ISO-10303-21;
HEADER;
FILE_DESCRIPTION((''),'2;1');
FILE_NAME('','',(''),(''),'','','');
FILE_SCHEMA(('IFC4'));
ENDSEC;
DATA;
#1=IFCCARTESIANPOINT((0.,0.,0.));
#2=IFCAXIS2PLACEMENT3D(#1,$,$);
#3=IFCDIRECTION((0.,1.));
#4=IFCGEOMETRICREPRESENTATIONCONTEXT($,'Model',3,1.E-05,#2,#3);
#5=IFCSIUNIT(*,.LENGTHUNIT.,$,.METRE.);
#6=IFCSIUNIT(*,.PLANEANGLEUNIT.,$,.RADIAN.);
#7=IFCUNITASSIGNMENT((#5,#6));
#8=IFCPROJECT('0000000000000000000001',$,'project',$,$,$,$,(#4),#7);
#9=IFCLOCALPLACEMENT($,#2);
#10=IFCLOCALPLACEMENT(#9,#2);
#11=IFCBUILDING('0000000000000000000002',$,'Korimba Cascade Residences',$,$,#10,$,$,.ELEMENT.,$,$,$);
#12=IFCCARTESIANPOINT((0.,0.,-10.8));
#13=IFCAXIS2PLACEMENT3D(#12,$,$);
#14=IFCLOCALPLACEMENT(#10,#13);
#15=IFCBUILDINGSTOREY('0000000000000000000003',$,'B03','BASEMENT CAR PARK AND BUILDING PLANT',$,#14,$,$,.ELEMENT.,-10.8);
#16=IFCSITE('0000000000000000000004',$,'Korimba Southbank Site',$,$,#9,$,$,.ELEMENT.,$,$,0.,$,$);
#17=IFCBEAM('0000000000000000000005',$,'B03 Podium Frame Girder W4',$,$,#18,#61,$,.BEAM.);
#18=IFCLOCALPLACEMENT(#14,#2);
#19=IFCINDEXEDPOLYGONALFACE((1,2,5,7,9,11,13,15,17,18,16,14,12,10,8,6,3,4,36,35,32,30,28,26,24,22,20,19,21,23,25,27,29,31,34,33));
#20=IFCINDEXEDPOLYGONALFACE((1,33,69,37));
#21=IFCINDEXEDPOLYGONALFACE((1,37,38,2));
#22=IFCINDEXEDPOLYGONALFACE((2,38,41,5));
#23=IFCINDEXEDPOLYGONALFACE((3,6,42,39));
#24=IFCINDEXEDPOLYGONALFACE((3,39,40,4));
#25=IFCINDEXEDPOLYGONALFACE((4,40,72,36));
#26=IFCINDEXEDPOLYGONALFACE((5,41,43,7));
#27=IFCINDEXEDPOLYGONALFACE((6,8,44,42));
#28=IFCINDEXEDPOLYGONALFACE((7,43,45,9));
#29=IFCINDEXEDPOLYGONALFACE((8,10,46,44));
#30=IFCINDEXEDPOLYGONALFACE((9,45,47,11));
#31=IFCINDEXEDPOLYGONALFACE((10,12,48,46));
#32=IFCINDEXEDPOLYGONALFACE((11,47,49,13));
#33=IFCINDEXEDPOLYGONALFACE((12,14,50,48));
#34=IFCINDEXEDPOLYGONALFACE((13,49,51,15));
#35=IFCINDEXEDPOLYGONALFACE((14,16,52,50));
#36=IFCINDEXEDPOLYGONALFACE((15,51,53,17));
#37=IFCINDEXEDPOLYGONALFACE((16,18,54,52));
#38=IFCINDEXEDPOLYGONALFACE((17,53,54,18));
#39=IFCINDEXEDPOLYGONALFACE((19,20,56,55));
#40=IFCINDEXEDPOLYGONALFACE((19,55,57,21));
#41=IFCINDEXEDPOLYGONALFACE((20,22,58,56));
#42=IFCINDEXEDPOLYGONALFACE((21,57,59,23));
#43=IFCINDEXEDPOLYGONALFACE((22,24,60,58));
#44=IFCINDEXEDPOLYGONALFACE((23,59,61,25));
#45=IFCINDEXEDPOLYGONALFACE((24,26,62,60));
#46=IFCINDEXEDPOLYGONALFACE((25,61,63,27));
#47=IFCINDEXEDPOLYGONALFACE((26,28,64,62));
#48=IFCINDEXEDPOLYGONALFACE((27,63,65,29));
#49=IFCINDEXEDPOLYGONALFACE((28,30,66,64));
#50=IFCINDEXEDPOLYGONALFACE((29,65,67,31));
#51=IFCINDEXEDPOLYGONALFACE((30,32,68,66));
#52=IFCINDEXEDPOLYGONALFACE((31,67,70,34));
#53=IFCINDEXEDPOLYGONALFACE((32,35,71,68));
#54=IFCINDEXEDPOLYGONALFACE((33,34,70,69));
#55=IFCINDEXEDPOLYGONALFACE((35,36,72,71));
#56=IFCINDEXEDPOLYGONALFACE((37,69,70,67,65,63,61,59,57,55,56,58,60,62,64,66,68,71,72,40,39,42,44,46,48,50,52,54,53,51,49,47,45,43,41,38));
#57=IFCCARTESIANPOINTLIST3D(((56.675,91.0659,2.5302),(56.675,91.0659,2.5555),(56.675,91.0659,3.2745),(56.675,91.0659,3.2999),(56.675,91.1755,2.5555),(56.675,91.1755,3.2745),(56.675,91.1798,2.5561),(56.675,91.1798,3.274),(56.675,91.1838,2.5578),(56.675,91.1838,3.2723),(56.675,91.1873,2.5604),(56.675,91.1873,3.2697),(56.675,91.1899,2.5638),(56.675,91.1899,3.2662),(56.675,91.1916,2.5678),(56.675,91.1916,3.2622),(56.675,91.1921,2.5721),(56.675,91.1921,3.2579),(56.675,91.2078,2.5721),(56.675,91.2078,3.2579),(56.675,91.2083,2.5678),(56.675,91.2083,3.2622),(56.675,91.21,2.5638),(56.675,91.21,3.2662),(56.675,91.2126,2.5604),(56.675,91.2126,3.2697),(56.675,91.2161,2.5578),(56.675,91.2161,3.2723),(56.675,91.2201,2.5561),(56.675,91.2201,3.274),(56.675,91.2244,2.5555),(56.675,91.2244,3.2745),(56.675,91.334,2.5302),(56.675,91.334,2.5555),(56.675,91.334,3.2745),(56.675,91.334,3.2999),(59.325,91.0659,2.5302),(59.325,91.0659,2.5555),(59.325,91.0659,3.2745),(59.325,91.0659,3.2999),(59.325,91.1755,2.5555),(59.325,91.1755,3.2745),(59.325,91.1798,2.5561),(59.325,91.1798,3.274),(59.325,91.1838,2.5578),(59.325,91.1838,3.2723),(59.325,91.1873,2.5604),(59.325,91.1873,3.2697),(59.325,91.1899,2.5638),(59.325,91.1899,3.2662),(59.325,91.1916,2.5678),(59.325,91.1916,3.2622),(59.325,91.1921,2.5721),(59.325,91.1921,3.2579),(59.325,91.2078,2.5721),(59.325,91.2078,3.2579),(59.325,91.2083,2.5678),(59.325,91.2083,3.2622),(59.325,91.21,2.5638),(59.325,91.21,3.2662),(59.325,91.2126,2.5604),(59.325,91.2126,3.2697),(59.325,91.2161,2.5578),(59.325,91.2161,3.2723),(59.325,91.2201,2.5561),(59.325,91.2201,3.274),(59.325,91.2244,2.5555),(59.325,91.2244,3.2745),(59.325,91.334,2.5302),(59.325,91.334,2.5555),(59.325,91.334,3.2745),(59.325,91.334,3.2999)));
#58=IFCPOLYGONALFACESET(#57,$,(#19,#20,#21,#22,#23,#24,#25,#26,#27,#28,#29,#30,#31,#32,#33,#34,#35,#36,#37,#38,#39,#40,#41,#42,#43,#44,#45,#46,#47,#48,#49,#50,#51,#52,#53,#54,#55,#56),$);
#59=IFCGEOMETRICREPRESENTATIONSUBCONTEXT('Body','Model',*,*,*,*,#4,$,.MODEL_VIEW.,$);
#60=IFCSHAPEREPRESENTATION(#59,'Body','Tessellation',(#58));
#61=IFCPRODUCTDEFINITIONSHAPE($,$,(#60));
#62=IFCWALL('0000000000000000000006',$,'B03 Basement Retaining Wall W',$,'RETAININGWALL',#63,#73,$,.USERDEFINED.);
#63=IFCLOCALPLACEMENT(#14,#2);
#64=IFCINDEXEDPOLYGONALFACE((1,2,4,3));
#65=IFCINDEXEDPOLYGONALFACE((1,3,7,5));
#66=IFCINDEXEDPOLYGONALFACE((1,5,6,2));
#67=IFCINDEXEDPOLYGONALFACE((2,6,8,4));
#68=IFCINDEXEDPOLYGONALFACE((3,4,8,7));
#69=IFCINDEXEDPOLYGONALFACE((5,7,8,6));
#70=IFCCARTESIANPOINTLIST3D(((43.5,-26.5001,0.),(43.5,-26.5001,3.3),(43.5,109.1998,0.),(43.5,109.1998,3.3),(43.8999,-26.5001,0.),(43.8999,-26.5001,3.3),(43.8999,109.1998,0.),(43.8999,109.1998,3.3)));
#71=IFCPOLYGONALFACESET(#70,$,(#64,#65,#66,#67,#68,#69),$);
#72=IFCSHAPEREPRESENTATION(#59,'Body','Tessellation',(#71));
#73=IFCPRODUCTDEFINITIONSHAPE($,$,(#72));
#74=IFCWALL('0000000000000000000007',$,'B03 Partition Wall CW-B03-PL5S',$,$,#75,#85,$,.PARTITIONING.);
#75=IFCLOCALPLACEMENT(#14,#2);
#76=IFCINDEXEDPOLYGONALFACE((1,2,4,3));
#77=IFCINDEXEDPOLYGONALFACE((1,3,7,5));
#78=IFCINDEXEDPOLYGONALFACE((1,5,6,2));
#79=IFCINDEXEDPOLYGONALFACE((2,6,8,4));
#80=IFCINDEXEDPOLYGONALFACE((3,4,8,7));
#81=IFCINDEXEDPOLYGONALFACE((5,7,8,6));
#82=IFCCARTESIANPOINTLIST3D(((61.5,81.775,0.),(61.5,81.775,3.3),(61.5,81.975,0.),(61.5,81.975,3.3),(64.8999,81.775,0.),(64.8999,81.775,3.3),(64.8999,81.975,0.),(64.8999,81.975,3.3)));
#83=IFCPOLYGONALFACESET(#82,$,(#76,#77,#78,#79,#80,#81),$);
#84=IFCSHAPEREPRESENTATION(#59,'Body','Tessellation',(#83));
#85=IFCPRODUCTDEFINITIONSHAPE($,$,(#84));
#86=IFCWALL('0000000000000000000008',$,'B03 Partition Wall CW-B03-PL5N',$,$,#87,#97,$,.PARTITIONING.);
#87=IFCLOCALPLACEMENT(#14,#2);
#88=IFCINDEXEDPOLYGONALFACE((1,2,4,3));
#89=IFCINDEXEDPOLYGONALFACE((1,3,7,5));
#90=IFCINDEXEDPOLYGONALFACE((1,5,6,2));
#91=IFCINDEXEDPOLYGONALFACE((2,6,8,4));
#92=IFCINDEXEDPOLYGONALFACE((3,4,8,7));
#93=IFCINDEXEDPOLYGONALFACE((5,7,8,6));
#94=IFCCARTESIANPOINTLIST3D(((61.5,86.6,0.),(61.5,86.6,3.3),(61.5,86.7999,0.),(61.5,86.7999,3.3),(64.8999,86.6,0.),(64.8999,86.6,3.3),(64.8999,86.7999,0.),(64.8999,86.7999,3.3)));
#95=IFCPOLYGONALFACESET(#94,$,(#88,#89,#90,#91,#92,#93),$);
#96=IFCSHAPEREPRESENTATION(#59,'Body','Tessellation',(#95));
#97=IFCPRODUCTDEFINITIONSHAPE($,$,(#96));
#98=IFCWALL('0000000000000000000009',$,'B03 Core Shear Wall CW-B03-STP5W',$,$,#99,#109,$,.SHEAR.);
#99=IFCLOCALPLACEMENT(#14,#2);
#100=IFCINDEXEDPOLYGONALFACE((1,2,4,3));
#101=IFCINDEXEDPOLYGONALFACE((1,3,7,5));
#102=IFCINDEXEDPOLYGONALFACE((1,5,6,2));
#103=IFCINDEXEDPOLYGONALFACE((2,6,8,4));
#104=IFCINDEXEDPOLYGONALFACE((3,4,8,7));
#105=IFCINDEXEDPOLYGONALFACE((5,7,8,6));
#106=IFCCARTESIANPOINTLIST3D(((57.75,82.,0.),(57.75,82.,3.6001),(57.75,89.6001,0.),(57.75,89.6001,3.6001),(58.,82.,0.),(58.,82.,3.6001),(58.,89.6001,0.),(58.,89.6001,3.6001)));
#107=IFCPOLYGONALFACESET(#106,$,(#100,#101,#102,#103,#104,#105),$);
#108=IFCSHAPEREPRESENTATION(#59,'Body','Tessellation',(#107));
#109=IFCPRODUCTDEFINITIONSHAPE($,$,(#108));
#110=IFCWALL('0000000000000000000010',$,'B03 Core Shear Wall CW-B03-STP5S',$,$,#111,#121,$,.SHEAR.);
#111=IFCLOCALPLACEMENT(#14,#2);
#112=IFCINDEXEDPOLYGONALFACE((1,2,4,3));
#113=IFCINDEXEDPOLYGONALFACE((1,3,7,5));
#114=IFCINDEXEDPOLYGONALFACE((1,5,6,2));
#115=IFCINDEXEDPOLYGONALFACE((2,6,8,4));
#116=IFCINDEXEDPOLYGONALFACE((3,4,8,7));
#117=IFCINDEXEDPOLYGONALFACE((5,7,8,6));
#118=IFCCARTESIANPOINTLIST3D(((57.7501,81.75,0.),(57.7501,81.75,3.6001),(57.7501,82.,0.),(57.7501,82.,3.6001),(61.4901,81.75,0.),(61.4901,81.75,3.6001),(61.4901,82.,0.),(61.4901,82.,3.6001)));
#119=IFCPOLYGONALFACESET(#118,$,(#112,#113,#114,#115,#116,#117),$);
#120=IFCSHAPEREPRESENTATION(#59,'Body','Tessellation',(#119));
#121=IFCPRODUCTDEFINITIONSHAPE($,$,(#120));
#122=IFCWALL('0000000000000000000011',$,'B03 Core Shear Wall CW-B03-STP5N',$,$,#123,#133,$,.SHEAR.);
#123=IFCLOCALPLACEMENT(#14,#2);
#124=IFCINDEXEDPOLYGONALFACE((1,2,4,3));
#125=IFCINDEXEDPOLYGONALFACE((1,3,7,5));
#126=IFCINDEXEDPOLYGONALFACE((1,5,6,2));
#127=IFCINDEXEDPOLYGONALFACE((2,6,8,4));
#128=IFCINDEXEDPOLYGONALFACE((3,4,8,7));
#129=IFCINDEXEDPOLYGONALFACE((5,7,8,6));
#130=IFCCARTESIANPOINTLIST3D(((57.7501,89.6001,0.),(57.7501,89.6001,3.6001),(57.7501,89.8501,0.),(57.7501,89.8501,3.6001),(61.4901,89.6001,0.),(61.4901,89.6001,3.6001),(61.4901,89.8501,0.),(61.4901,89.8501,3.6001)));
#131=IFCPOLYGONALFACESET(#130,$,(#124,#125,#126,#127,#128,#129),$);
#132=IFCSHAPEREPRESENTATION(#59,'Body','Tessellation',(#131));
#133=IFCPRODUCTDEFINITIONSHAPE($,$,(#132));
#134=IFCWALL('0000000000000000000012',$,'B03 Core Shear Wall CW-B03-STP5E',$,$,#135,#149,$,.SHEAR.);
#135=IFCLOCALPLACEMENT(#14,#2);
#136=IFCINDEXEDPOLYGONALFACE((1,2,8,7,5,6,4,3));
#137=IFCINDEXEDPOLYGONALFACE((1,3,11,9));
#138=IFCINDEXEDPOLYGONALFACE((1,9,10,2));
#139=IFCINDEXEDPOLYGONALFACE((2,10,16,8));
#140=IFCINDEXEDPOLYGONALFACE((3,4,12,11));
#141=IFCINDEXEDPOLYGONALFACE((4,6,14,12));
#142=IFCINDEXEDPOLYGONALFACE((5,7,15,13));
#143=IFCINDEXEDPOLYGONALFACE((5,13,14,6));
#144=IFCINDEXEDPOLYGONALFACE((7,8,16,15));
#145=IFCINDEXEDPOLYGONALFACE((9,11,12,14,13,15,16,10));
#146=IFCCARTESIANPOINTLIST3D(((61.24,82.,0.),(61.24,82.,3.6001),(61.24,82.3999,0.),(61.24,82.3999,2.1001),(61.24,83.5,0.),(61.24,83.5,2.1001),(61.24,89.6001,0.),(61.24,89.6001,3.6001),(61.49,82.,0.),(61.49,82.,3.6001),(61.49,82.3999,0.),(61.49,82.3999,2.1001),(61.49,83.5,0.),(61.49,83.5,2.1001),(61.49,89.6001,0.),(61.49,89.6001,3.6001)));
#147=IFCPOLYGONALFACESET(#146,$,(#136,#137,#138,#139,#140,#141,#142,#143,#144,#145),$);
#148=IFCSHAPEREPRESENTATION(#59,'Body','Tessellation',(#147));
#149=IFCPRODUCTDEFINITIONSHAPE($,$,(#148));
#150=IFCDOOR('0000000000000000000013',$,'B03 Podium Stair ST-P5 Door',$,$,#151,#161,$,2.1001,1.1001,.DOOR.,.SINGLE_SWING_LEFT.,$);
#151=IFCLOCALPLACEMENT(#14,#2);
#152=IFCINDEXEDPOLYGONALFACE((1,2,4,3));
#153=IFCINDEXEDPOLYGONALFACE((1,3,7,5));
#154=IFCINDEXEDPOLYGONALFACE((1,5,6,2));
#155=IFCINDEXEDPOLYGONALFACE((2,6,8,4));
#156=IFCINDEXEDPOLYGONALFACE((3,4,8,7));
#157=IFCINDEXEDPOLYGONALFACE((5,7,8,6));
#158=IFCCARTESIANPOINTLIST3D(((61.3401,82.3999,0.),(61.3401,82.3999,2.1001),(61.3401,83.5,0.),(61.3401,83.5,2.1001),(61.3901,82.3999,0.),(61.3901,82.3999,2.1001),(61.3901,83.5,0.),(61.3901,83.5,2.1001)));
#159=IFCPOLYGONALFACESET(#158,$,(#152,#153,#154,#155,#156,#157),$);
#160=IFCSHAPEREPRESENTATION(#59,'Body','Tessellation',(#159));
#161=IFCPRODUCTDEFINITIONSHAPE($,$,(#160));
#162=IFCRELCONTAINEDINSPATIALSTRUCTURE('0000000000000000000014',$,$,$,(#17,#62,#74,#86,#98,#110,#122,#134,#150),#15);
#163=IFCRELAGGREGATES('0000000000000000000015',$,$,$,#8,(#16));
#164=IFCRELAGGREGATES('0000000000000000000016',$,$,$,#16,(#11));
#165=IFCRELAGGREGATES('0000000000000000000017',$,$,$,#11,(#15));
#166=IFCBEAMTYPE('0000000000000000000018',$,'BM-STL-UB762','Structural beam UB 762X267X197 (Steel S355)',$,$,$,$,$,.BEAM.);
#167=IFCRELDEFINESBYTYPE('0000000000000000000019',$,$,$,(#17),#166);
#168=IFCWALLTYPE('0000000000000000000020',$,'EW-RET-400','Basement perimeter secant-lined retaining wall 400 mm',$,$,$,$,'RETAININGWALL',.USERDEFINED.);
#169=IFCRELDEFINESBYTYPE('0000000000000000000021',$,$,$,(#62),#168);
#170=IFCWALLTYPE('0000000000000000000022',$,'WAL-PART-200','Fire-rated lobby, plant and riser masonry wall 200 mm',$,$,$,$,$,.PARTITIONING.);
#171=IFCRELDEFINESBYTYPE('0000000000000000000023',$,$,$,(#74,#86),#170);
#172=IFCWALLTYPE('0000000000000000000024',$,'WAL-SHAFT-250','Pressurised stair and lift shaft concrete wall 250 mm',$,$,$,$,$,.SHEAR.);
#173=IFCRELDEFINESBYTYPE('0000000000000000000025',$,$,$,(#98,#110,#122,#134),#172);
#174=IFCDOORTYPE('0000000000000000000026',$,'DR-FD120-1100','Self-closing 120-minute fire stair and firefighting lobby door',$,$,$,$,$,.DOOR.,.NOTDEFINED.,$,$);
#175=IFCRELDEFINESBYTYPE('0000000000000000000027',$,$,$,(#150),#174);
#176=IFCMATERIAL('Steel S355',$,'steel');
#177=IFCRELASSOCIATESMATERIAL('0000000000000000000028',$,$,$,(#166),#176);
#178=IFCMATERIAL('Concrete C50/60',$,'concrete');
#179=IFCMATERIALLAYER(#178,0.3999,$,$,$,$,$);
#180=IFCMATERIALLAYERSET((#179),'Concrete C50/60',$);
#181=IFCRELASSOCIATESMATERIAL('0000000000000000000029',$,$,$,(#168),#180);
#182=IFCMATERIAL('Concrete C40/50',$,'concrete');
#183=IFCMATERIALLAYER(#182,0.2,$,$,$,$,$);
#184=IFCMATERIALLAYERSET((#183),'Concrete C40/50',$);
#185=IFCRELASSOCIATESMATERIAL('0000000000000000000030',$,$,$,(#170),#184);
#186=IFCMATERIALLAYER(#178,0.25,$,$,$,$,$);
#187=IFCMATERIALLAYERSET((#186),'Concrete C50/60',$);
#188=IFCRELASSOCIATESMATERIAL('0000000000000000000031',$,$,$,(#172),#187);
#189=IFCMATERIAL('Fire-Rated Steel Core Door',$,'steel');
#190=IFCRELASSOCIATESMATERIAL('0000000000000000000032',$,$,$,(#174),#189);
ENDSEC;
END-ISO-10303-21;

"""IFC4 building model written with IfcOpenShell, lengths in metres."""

from ifc_helpers import new_model, si_unit, direction, frame, frame_2d, origin, origin_2d, place, context, subcontext, project, spatial, rectangle, i_section, extrude, material, layer, layer_set, material_profile, profile_set, type_object, element, fill, save


model = new_model("IFC4")

# Units and contexts
model_context = context("Model", 3, precision=1e-05, world=origin(), true_north=direction((0.0, 1.0)))
body_context = subcontext(model_context, "Body", "Model", "MODEL_VIEW")
ifc_project = project(units=[si_unit("LENGTHUNIT", "METRE"), si_unit("PLANEANGLEUNIT", "RADIAN")], contexts=[model_context])

# Site, building, storey
site_placement = place(None, origin())
site = spatial("IfcSite", under=ifc_project, at=site_placement, Name="Korimba Southbank Site", CompositionType="ELEMENT", RefElevation=0.0)
building_placement = place(site_placement, origin())
building = spatial("IfcBuilding", under=site, at=building_placement, Name="Korimba Cascade Residences", CompositionType="ELEMENT")
storey_placement = place(building_placement, frame((0.0, 0.0, -10.8)))
storey = spatial("IfcBuildingStorey", under=building, at=storey_placement, Name="B03", Description="BASEMENT CAR PARK AND BUILDING PLANT", CompositionType="ELEMENT", Elevation=-10.8)

# Shared definitions
ifc_material_1 = material(Name="Concrete C50/60", Category="concrete")

# Beam
ifc_material_2 = material(Name="Steel S355", Category="steel")
ifc_material_profile_1 = material_profile(ifc_material_2, i_section(OverallWidth=0.2681, OverallDepth=0.7698, WebThickness=0.0156, FlangeThickness=0.0254, FilletRadius=0.0166, at=origin_2d()), Name="Steel S355")
ifc_profile_set_1 = profile_set([ifc_material_profile_1], Name="Steel S355")
beam_type_1 = type_object("IfcBeamType", Name="BM-STL-UB762", Description="Structural beam UB 762X267X197 (Steel S355)", PredefinedType="BEAM", material=ifc_profile_set_1)
beam_1_placement = place(storey_placement, frame((56.675, 91.2, 2.915), z_axis=(1.0, 0.0, 0.0), x_axis=(0.0, 1.0, 0.0)))
element("IfcBeam", 1, at=beam_1_placement, inside=storey, type_object=beam_type_1, Name="B03 Podium Frame Girder W4", PredefinedType="BEAM", context=body_context, shape_type="SweptSolid", body=[
    extrude(i_section(OverallWidth=0.2681, OverallDepth=0.7698, WebThickness=0.0156, FlangeThickness=0.0254, FilletRadius=0.0166, at=origin_2d()), origin(), (0.0, 0.0, 1.0), 2.6499),
])

# Wall
ifc_layer_1 = layer(ifc_material_1, 0.3999)
ifc_layer_set_1 = layer_set([ifc_layer_1], Name="Concrete C50/60")
wall_type_1 = type_object("IfcWallType", Name="EW-RET-400", Description="Basement perimeter secant-lined retaining wall 400 mm", ElementType="RETAININGWALL", PredefinedType="USERDEFINED", material=ifc_layer_set_1)
wall_1_placement = place(storey_placement, frame((43.7, 109.2, 0.0), z_axis=(0.0, 0.0, 1.0), x_axis=(0.0, -1.0, 0.0)))
element("IfcWall", 2, at=wall_1_placement, inside=storey, type_object=wall_type_1, Name="B03 Basement Retaining Wall W", ObjectType="RETAININGWALL", PredefinedType="USERDEFINED", context=body_context, shape_type="SweptSolid", body=[
    extrude(rectangle(XDim=135.7, YDim=0.3999, at=frame_2d((67.8501, 0.0))), origin(), (0.0, 0.0, 1.0), 3.3),
])

# Shared definitions
ifc_material_3 = material(Name="Concrete C40/50", Category="concrete")
ifc_layer_2 = layer(ifc_material_3, 0.2)
ifc_layer_set_2 = layer_set([ifc_layer_2], Name="Concrete C40/50")
wall_type_2 = type_object("IfcWallType", Name="WAL-PART-200", Description="Fire-rated lobby, plant and riser masonry wall 200 mm", PredefinedType="PARTITIONING", material=ifc_layer_set_2)

# Walls
for number, where, z_axis, x_axis, name in (
    (3, (61.5, 81.875, 0.0), (0.0, 0.0, 1.0), (1.0, 0.0, 0.0), "B03 Partition Wall CW-B03-PL5S"),
    (4, (61.5, 86.7, 0.0), (0.0, 0.0, 1.0), (1.0, 0.0, 0.0), "B03 Partition Wall CW-B03-PL5N"),
):
    element("IfcWall", number, at=place(storey_placement, frame(where, z_axis=z_axis, x_axis=x_axis)), inside=storey, type_object=wall_type_2, Name=name, PredefinedType="PARTITIONING", context=body_context, shape_type="SweptSolid", body=[
        extrude(rectangle(XDim=3.3999, YDim=0.2, at=frame_2d((1.7, 0.0))), origin(), (0.0, 0.0, 1.0), 3.3),
    ])
ifc_layer_3 = layer(ifc_material_1, 0.25)
ifc_layer_set_3 = layer_set([ifc_layer_3], Name="Concrete C50/60")
wall_type_3 = type_object("IfcWallType", Name="WAL-SHAFT-250", Description="Pressurised stair and lift shaft concrete wall 250 mm", PredefinedType="SHEAR", material=ifc_layer_set_3)
wall_2_placement = place(storey_placement, frame((57.875, 82.0, 0.0), z_axis=(0.0, 0.0, 1.0), x_axis=(0.0, 1.0, 0.0)))
element("IfcWall", 5, at=wall_2_placement, inside=storey, type_object=wall_type_3, Name="B03 Core Shear Wall CW-B03-STP5W", PredefinedType="SHEAR", context=body_context, shape_type="SweptSolid", body=[
    extrude(rectangle(XDim=7.6001, YDim=0.25, at=frame_2d((3.8, 0.0))), origin(), (0.0, 0.0, 1.0), 3.6001),
])
for number, where, z_axis, x_axis, name in (
    (6, (57.75, 81.875, 0.0), (0.0, 0.0, 1.0), (1.0, 0.0, 0.0), "B03 Core Shear Wall CW-B03-STP5S"),
    (7, (57.75, 89.7251, 0.0), (0.0, 0.0, 1.0), (1.0, 0.0, 0.0), "B03 Core Shear Wall CW-B03-STP5N"),
):
    element("IfcWall", number, at=place(storey_placement, frame(where, z_axis=z_axis, x_axis=x_axis)), inside=storey, type_object=wall_type_3, Name=name, PredefinedType="SHEAR", context=body_context, shape_type="SweptSolid", body=[
        extrude(rectangle(XDim=3.74, YDim=0.25, at=frame_2d((1.8701, 0.0))), origin(), (0.0, 0.0, 1.0), 3.6001),
    ])

# Wall, opening, door
wall_3_placement = place(storey_placement, frame((61.365, 82.0, 0.0), z_axis=(0.0, 0.0, 1.0), x_axis=(0.0, 1.0, 0.0)))
wall_3 = element("IfcWall", 8, at=wall_3_placement, inside=storey, type_object=wall_type_3, Name="B03 Core Shear Wall CW-B03-STP5E", PredefinedType="SHEAR", context=body_context, shape_type="SweptSolid", body=[
    extrude(rectangle(XDim=7.6001, YDim=0.25, at=frame_2d((3.8, 0.0))), origin(), (0.0, 0.0, 1.0), 3.6001),
])
opening_1_placement = place(wall_3_placement, frame((0.3999, 0.0, 0.0)))
opening_1 = element("IfcOpeningElement", 9, at=opening_1_placement, cuts=wall_3, PredefinedType="OPENING", context=body_context, shape_type="SweptSolid", body=[
    extrude(rectangle(XDim=1.1001, YDim=2.1001, at=frame_2d((0.55, 1.05))), frame((0.0, 0.135, 0.0), z_axis=(0.0, -1.0, 0.0), x_axis=(1.0, 0.0, 0.0)), (0.0, 0.0, 1.0), 0.27),
])
ifc_material_4 = material(Name="Fire-Rated Steel Core Door", Category="steel")
door_type_1 = type_object("IfcDoorType", Name="DR-FD120-1100", Description="Self-closing 120-minute fire stair and firefighting lobby door", OperationType="NOTDEFINED", PredefinedType="DOOR", material=ifc_material_4)
door_1_placement = place(opening_1_placement, origin())
door_1 = element("IfcDoor", 10, at=door_1_placement, inside=storey, type_object=door_type_1, Name="B03 Podium Stair ST-P5 Door", OperationType="SINGLE_SWING_LEFT", OverallHeight=2.1001, OverallWidth=1.1001, PredefinedType="DOOR", context=body_context, shape_type="SweptSolid", body=[
    extrude(rectangle(XDim=1.1001, YDim=2.1001, at=frame_2d((0.55, 1.05))), frame((0.0, 0.0249, 0.0), z_axis=(0.0, -1.0, 0.0), x_axis=(1.0, 0.0, 0.0)), (0.0, 0.0, 1.0), 0.05),
])
fill(opening_1, door_1)

save(model, "model.ifc")
